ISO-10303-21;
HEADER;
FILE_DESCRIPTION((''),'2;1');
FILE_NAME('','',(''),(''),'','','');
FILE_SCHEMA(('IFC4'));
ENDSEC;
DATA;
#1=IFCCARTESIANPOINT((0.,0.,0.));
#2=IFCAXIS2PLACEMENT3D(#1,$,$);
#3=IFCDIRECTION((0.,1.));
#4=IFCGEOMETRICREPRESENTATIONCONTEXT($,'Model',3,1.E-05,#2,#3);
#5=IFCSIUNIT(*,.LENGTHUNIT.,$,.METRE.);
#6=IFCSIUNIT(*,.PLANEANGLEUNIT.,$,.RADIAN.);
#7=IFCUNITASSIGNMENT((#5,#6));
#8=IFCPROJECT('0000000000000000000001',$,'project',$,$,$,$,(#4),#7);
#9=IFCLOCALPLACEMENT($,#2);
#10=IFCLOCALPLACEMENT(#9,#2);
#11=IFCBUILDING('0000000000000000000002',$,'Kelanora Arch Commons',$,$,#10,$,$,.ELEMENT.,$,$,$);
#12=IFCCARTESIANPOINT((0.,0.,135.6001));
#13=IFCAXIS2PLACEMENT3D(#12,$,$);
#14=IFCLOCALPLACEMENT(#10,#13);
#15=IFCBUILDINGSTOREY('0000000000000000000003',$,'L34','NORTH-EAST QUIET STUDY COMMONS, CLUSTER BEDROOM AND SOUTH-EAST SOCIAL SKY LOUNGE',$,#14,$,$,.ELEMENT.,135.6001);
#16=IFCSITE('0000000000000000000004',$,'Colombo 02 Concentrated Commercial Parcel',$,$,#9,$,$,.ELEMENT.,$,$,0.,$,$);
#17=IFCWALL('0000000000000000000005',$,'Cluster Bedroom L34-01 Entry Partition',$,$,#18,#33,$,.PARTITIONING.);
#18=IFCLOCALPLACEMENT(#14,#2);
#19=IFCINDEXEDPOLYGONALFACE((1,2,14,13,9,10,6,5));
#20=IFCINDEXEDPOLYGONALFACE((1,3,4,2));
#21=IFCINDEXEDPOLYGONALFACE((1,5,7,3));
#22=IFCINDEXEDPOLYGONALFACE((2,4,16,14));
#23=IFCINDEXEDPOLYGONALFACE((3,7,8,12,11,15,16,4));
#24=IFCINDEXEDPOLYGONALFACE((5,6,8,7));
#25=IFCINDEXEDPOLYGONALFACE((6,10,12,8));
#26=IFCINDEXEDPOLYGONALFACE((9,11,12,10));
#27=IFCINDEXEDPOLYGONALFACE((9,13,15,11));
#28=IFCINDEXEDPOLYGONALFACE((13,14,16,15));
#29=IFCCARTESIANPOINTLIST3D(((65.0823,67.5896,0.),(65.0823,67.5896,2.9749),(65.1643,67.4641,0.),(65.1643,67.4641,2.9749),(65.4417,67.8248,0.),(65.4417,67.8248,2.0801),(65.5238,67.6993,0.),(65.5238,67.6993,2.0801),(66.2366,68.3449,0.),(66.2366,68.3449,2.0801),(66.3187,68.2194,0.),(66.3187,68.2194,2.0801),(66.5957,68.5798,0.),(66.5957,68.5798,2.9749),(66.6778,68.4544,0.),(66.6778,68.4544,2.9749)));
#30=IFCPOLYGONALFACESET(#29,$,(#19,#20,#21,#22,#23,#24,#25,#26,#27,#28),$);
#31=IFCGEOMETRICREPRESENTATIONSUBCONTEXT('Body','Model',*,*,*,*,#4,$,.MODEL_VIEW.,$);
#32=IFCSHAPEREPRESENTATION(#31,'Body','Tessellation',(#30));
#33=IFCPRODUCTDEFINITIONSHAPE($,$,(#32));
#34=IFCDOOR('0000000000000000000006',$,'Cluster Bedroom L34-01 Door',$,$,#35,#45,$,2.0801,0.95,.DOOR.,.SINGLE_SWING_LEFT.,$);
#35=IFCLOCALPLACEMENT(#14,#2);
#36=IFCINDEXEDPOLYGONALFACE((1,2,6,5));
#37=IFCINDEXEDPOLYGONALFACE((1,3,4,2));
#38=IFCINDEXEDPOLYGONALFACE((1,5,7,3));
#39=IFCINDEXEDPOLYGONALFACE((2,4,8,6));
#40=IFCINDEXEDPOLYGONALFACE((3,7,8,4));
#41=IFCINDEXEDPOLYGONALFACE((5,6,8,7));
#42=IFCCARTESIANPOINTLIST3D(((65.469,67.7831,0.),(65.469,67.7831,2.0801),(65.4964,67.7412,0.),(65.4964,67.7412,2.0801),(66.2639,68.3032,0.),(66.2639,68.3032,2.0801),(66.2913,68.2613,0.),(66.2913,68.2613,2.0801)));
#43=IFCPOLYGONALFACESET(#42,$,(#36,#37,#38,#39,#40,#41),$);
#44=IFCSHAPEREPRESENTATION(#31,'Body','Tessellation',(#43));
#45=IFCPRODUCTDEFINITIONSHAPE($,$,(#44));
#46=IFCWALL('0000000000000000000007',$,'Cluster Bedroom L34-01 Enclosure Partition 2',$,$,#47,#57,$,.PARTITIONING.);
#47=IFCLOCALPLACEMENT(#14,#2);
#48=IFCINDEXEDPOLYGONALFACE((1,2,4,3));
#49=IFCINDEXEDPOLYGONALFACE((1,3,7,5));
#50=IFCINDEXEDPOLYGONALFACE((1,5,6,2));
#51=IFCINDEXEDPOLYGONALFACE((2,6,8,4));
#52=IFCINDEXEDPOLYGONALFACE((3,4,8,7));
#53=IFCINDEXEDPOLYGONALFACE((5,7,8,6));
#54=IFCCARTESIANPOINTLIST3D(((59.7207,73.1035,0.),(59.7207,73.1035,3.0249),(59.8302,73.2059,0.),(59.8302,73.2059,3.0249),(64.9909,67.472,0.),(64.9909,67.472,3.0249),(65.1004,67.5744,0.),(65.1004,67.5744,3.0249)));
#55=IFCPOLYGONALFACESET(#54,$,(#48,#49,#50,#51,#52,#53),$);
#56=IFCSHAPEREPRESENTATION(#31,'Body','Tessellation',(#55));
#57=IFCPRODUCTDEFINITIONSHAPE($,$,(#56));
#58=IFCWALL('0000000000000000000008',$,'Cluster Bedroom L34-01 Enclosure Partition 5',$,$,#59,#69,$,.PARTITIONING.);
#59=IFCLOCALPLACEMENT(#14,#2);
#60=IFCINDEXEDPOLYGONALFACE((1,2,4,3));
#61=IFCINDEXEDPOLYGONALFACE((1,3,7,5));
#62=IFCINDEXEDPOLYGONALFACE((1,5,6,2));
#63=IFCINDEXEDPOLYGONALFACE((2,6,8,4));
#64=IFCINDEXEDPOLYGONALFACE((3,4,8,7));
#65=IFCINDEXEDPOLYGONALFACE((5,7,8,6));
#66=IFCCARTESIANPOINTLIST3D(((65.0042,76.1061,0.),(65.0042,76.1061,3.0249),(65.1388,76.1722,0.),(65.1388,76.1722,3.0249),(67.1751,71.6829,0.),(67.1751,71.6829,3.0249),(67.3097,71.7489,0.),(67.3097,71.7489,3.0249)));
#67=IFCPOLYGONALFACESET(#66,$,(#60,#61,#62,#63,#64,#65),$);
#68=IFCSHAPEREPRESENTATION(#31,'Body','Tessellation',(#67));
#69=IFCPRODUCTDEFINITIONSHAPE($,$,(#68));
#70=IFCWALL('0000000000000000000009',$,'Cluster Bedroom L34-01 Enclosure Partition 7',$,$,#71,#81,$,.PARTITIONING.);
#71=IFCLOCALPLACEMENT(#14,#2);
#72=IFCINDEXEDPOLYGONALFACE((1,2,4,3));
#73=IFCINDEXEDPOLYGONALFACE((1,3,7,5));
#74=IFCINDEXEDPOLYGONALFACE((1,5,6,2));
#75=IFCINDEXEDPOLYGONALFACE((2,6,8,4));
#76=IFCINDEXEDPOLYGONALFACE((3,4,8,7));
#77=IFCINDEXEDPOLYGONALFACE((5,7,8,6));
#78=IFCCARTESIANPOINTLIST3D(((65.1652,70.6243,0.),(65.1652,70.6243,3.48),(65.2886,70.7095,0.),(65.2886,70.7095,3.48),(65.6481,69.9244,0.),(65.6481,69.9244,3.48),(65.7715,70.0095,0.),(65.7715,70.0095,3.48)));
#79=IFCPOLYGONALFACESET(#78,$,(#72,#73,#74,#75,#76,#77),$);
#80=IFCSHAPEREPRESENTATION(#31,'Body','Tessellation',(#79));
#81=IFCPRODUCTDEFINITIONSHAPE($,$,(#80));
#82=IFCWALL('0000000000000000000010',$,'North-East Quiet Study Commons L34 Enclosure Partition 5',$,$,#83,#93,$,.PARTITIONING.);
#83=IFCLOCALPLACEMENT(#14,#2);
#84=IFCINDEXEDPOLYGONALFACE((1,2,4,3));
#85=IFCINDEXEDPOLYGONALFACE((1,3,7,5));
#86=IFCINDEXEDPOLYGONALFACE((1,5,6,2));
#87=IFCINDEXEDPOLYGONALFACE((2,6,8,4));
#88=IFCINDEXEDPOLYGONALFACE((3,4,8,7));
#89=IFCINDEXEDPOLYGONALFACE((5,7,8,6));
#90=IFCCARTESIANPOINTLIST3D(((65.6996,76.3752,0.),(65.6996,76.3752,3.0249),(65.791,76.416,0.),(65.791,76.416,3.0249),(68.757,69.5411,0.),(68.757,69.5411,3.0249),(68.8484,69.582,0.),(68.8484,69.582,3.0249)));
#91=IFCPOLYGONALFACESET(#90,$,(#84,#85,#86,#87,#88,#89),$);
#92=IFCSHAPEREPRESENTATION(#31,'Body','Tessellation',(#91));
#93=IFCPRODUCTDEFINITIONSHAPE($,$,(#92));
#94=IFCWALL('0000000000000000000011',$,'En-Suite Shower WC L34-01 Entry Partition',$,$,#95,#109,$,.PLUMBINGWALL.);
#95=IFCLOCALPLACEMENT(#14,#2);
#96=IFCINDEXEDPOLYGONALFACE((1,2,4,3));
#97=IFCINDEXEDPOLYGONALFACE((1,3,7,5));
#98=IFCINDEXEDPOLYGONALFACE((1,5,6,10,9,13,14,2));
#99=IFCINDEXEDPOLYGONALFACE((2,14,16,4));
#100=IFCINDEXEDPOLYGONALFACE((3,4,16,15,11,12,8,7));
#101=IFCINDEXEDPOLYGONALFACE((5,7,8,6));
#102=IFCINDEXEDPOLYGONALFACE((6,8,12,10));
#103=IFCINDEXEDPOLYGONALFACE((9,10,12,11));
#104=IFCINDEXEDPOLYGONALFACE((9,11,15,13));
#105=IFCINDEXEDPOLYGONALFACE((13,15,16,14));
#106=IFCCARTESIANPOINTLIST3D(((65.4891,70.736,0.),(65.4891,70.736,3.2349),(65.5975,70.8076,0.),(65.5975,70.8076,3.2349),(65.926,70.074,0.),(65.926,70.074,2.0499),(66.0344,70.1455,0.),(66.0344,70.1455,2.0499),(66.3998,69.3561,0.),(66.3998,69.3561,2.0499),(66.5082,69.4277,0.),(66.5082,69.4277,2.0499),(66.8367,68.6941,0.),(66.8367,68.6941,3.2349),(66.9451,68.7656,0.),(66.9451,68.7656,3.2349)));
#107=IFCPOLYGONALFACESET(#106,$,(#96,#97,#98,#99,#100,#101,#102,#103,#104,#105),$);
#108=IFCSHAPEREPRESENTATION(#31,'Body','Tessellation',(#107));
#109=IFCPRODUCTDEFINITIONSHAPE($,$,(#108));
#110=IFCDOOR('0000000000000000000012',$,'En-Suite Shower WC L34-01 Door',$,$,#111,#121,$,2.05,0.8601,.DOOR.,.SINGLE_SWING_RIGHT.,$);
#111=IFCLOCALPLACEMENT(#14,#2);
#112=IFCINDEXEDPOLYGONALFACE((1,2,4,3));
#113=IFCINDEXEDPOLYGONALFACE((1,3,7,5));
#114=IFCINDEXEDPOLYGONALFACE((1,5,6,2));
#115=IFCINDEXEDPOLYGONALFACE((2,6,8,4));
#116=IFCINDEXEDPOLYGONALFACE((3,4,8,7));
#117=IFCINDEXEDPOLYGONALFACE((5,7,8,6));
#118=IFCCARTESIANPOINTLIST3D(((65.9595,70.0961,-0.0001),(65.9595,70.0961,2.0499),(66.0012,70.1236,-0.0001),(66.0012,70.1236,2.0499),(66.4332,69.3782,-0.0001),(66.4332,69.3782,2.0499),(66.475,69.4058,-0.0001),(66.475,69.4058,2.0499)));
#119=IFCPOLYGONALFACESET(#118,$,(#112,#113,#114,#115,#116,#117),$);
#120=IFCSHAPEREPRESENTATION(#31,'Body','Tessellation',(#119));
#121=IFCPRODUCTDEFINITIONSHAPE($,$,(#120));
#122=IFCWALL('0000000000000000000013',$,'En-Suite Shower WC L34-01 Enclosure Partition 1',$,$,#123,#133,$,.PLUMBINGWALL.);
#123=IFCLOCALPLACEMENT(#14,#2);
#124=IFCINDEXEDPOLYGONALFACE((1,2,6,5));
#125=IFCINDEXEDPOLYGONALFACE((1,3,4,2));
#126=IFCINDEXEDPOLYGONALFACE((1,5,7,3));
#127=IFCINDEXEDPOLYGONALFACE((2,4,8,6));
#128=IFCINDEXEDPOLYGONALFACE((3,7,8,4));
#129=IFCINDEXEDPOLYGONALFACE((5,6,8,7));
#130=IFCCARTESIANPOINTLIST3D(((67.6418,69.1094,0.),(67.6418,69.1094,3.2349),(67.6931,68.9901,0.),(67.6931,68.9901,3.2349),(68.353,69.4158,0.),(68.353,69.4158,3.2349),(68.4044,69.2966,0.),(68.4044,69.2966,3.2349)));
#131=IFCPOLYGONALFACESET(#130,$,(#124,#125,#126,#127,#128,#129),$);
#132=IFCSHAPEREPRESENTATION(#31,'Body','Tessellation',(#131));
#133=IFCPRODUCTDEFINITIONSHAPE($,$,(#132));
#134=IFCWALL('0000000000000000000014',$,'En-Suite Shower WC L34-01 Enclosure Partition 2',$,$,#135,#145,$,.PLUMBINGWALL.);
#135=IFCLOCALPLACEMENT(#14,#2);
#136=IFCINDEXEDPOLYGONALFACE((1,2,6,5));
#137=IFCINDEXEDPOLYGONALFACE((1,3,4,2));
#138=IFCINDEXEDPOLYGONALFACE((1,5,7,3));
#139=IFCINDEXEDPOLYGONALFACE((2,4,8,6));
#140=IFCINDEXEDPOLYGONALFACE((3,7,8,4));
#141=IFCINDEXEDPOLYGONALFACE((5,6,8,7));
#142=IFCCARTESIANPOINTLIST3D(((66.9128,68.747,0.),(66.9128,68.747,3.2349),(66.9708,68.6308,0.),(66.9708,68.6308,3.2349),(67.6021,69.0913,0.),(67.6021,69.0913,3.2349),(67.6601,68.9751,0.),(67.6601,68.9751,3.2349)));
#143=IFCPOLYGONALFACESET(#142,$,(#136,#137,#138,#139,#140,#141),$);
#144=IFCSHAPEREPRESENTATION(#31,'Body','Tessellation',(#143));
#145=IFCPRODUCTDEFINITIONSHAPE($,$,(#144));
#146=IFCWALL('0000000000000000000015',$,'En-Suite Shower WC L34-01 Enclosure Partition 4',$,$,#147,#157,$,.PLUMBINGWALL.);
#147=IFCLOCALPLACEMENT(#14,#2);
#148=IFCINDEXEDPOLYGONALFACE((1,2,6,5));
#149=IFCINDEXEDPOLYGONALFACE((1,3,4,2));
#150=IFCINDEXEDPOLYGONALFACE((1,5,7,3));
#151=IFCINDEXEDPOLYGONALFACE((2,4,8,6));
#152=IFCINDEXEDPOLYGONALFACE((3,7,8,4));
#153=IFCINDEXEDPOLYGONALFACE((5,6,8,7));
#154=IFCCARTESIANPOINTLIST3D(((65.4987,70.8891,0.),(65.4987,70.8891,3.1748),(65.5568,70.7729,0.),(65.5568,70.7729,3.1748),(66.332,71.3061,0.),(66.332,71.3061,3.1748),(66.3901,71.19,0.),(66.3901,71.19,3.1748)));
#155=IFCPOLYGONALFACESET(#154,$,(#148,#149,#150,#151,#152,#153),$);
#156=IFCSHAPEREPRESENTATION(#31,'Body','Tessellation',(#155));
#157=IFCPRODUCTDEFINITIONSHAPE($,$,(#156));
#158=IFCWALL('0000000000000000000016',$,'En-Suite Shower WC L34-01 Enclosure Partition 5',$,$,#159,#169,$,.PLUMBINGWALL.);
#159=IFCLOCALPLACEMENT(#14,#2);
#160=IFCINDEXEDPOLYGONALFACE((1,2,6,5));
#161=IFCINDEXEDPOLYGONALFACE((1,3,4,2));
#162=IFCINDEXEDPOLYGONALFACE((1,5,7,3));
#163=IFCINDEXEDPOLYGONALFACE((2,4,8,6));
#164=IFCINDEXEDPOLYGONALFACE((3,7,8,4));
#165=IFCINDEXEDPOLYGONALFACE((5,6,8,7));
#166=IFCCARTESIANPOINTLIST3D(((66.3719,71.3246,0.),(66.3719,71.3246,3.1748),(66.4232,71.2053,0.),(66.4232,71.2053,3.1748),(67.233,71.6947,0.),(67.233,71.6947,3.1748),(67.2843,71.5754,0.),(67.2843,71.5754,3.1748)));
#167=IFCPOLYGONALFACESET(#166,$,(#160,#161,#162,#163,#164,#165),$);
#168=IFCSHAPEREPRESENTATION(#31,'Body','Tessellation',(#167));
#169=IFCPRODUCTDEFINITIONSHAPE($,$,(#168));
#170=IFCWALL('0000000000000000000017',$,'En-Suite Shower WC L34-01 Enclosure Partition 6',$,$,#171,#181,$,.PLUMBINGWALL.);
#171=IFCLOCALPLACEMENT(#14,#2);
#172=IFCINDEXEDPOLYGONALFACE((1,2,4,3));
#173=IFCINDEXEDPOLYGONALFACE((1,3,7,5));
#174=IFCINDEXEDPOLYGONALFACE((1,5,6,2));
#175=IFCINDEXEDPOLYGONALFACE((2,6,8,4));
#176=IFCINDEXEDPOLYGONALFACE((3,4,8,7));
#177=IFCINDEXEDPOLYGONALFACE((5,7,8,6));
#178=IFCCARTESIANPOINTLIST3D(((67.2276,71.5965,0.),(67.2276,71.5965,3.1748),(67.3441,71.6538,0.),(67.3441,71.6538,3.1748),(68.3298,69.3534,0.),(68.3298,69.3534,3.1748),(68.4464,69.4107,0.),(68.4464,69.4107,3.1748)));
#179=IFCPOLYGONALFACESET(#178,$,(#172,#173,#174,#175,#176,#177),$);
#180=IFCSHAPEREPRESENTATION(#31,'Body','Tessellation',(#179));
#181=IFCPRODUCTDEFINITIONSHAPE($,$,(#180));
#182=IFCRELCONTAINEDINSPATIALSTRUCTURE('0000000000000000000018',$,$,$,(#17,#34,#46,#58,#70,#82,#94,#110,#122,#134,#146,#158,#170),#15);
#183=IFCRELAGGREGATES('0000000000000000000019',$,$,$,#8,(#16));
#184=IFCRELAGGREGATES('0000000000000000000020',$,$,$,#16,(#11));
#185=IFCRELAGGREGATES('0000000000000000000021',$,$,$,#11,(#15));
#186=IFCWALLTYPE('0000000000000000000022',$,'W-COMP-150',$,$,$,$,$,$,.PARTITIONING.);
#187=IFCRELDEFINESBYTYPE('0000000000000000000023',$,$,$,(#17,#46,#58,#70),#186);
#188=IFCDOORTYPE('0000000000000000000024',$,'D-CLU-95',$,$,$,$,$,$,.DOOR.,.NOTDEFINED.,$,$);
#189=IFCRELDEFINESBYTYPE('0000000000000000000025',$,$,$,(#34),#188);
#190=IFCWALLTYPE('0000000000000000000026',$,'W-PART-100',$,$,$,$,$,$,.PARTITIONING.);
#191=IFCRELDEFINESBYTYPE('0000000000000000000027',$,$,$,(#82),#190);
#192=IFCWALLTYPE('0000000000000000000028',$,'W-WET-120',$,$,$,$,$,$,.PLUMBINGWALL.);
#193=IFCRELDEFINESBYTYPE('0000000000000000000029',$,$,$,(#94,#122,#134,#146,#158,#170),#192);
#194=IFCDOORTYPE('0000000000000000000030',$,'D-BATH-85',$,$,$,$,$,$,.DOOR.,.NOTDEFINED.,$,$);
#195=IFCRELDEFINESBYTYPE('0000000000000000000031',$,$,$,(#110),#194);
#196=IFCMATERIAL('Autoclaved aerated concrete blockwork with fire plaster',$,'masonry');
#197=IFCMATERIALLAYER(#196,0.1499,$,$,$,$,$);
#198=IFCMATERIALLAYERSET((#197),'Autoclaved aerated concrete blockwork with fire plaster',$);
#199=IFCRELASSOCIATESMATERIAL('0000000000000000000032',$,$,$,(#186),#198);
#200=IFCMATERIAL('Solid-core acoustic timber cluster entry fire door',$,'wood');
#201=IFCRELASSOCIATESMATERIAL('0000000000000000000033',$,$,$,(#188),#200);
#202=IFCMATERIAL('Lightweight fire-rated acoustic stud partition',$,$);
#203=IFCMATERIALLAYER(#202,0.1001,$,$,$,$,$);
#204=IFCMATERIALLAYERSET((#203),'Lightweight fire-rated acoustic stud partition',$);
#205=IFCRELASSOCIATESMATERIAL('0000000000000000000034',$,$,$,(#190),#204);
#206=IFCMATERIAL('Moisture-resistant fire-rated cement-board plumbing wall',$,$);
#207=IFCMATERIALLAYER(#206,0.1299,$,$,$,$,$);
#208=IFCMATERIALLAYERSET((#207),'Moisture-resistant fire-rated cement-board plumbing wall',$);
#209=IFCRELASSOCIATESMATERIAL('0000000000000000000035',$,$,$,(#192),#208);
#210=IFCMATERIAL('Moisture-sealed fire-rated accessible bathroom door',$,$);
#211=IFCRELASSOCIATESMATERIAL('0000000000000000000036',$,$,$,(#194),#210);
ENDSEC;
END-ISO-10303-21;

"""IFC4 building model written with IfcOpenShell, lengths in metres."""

from ifc_helpers import new_model, si_unit, direction, frame, frame_2d, origin, place, context, subcontext, project, spatial, rectangle, extrude, material, layer, layer_set, type_object, element, fill, save


model = new_model("IFC4")

# Units and contexts
model_context = context("Model", 3, precision=1e-05, world=origin(), true_north=direction((0.0, 1.0)))
body_context = subcontext(model_context, "Body", "Model", "MODEL_VIEW")
ifc_project = project(units=[si_unit("LENGTHUNIT", "METRE"), si_unit("PLANEANGLEUNIT", "RADIAN")], contexts=[model_context])

# Site, building, storey
site_placement = place(None, origin())
site = spatial("IfcSite", under=ifc_project, at=site_placement, Name="Colombo 02 Concentrated Commercial Parcel", CompositionType="ELEMENT", RefElevation=0.0)
building_placement = place(site_placement, origin())
building = spatial("IfcBuilding", under=site, at=building_placement, Name="Kelanora Arch Commons", CompositionType="ELEMENT")
storey_placement = place(building_placement, frame((0.0, 0.0, 135.6001)))
storey = spatial("IfcBuildingStorey", under=building, at=storey_placement, Name="L34", Description="NORTH-EAST QUIET STUDY COMMONS, CLUSTER BEDROOM AND SOUTH-EAST SOCIAL SKY LOUNGE", CompositionType="ELEMENT", Elevation=135.6001)

# Wall, opening, door
ifc_material_1 = material(Name="Autoclaved aerated concrete blockwork with fire plaster", Category="masonry")
ifc_layer_1 = layer(ifc_material_1, 0.1499)
ifc_layer_set_1 = layer_set([ifc_layer_1], Name="Autoclaved aerated concrete blockwork with fire plaster")
wall_type_1 = type_object("IfcWallType", Name="W-COMP-150", PredefinedType="PARTITIONING", material=ifc_layer_set_1)
wall_1_placement = place(storey_placement, frame((66.6367, 68.5171, 0.0), z_axis=(0.0, 0.0, 1.0), x_axis=(-0.836796, -0.547515, 0.0)))
wall_1 = element("IfcWall", 1, at=wall_1_placement, inside=storey, type_object=wall_type_1, Name="Cluster Bedroom L34-01 Entry Partition", PredefinedType="PARTITIONING", context=body_context, shape_type="SweptSolid", body=[
    extrude(rectangle(XDim=1.8086, YDim=0.1499, at=frame_2d((0.9043, 0.0))), origin(), (0.0, 0.0, 1.0), 2.9749),
])
opening_1_placement = place(wall_1_placement, frame((0.429, 0.0, 0.0)))
opening_1 = element("IfcOpeningElement", 2, at=opening_1_placement, cuts=wall_1, PredefinedType="OPENING", context=body_context, shape_type="SweptSolid", body=[
    extrude(rectangle(XDim=0.95, YDim=2.0801, at=frame_2d((0.4751, 1.04))), frame((0.0, 0.085, 0.0), z_axis=(0.0, -1.0, 0.0), x_axis=(1.0, 0.0, 0.0)), (0.0, 0.0, 1.0), 0.1699),
])
ifc_material_2 = material(Name="Solid-core acoustic timber cluster entry fire door", Category="wood")
door_type_1 = type_object("IfcDoorType", Name="D-CLU-95", OperationType="NOTDEFINED", PredefinedType="DOOR", material=ifc_material_2)
door_1_placement = place(opening_1_placement, origin())
door_1 = element("IfcDoor", 3, at=door_1_placement, inside=storey, type_object=door_type_1, Name="Cluster Bedroom L34-01 Door", OperationType="SINGLE_SWING_LEFT", OverallHeight=2.0801, OverallWidth=0.95, PredefinedType="DOOR", context=body_context, shape_type="SweptSolid", body=[
    extrude(rectangle(XDim=0.95, YDim=2.0801, at=frame_2d((0.4751, 1.04))), frame((0.0, 0.0249, 0.0), z_axis=(0.0, -1.0, 0.0), x_axis=(1.0, 0.0, 0.0)), (0.0, 0.0, 1.0), 0.05),
])
fill(opening_1, door_1)

# Walls
wall_2_placement = place(storey_placement, frame((65.0457, 67.5232, 0.0), z_axis=(0.0, 0.0, 1.0), x_axis=(-0.683295, 0.730142, 0.0)))
element("IfcWall", 4, at=wall_2_placement, inside=storey, type_object=wall_type_1, Name="Cluster Bedroom L34-01 Enclosure Partition 2", PredefinedType="PARTITIONING", context=body_context, shape_type="SweptSolid", body=[
    extrude(rectangle(XDim=7.7129, YDim=0.1499, at=frame_2d((3.8564, 0.0))), origin(), (0.0, 0.0, 1.0), 3.0249),
])
wall_3_placement = place(storey_placement, frame((65.0715, 76.1392, 0.0), z_axis=(0.0, 0.0, 1.0), x_axis=(0.440582, -0.897713, 0.0)))
element("IfcWall", 5, at=wall_3_placement, inside=storey, type_object=wall_type_1, Name="Cluster Bedroom L34-01 Enclosure Partition 5", PredefinedType="PARTITIONING", context=body_context, shape_type="SweptSolid", body=[
    extrude(rectangle(XDim=4.9272, YDim=0.1499, at=frame_2d((2.4636, 0.0))), origin(), (0.0, 0.0, 1.0), 3.0249),
])
wall_4_placement = place(storey_placement, frame((65.2268, 70.667, 0.0), z_axis=(0.0, 0.0, 1.0), x_axis=(0.567881, -0.823111, 0.0)))
element("IfcWall", 6, at=wall_4_placement, inside=storey, type_object=wall_type_1, Name="Cluster Bedroom L34-01 Enclosure Partition 7", PredefinedType="PARTITIONING", context=body_context, shape_type="SweptSolid", body=[
    extrude(rectangle(XDim=0.8503, YDim=0.1499, at=frame_2d((0.4253, 0.0))), origin(), (0.0, 0.0, 1.0), 3.48),
])
ifc_material_3 = material(Name="Lightweight fire-rated acoustic stud partition")
ifc_layer_2 = layer(ifc_material_3, 0.1001)
ifc_layer_set_2 = layer_set([ifc_layer_2], Name="Lightweight fire-rated acoustic stud partition")
wall_type_2 = type_object("IfcWallType", Name="W-PART-100", PredefinedType="PARTITIONING", material=ifc_layer_set_2)
wall_5_placement = place(storey_placement, frame((68.8027, 69.5615, 0.0), z_axis=(0.0, 0.0, 1.0), x_axis=(-0.408373, 0.912815, 0.0)))
element("IfcWall", 7, at=wall_5_placement, inside=storey, type_object=wall_type_2, Name="North-East Quiet Study Commons L34 Enclosure Partition 5", PredefinedType="PARTITIONING", context=body_context, shape_type="SweptSolid", body=[
    extrude(rectangle(XDim=7.4868, YDim=0.1001, at=frame_2d((3.7434, 0.0))), origin(), (0.0, 0.0, 1.0), 3.0249),
])

# Wall, opening, door
ifc_material_4 = material(Name="Moisture-resistant fire-rated cement-board plumbing wall")
ifc_layer_3 = layer(ifc_material_4, 0.1299)
ifc_layer_set_3 = layer_set([ifc_layer_3], Name="Moisture-resistant fire-rated cement-board plumbing wall")
wall_type_3 = type_object("IfcWallType", Name="W-WET-120", PredefinedType="PLUMBINGWALL", material=ifc_layer_set_3)
wall_6_placement = place(storey_placement, frame((66.8909, 68.73, 0.0), z_axis=(0.0, 0.0, 1.0), x_axis=(-0.550826, 0.83462, 0.0)))
wall_6 = element("IfcWall", 8, at=wall_6_placement, inside=storey, type_object=wall_type_3, Name="En-Suite Shower WC L34-01 Entry Partition", PredefinedType="PLUMBINGWALL", context=body_context, shape_type="SweptSolid", body=[
    extrude(rectangle(XDim=2.4465, YDim=0.1299, at=frame_2d((1.2231, 0.0))), origin(), (0.0, 0.0, 1.0), 3.2349),
])
opening_2_placement = place(wall_6_placement, frame((0.793, 0.0, 0.0)))
opening_2 = element("IfcOpeningElement", 9, at=opening_2_placement, cuts=wall_6, PredefinedType="OPENING", context=body_context, shape_type="SweptSolid", body=[
    extrude(rectangle(XDim=0.8601, YDim=2.05, at=frame_2d((0.4302, 1.0249))), frame((0.0, 0.075, 0.0), z_axis=(0.0, -1.0, 0.0), x_axis=(1.0, 0.0, 0.0)), (0.0, 0.0, 1.0), 0.1499),
])
ifc_material_5 = material(Name="Moisture-sealed fire-rated accessible bathroom door")
door_type_2 = type_object("IfcDoorType", Name="D-BATH-85", OperationType="NOTDEFINED", PredefinedType="DOOR", material=ifc_material_5)
door_2_placement = place(opening_2_placement, origin())
door_2 = element("IfcDoor", 10, at=door_2_placement, inside=storey, type_object=door_type_2, Name="En-Suite Shower WC L34-01 Door", OperationType="SINGLE_SWING_RIGHT", OverallHeight=2.05, OverallWidth=0.8601, PredefinedType="DOOR", context=body_context, shape_type="SweptSolid", body=[
    extrude(rectangle(XDim=0.8601, YDim=2.05, at=frame_2d((0.4302, 1.0249))), frame((0.0, 0.0249, 0.0), z_axis=(0.0, -1.0, 0.0), x_axis=(1.0, 0.0, 0.0)), (0.0, 0.0, 1.0), 0.05),
])
fill(opening_2, door_2)

# Walls
wall_7_placement = place(storey_placement, frame((68.3787, 69.3562, 0.0), z_axis=(0.0, 0.0, 1.0), x_axis=(-0.918393, -0.395669, 0.0)))
element("IfcWall", 11, at=wall_7_placement, inside=storey, type_object=wall_type_3, Name="En-Suite Shower WC L34-01 Enclosure Partition 1", PredefinedType="PLUMBINGWALL", context=body_context, shape_type="SweptSolid", body=[
    extrude(rectangle(XDim=0.7744, YDim=0.1299, at=frame_2d((0.3872, 0.0))), origin(), (0.0, 0.0, 1.0), 3.2349),
])
wall_8_placement = place(storey_placement, frame((67.6311, 69.0332, 0.0), z_axis=(0.0, 0.0, 1.0), x_axis=(-0.894617, -0.446833, 0.0)))
element("IfcWall", 12, at=wall_8_placement, inside=storey, type_object=wall_type_3, Name="En-Suite Shower WC L34-01 Enclosure Partition 2", PredefinedType="PLUMBINGWALL", context=body_context, shape_type="SweptSolid", body=[
    extrude(rectangle(XDim=0.7705, YDim=0.1299, at=frame_2d((0.3853, 0.0))), origin(), (0.0, 0.0, 1.0), 3.2349),
])
wall_9_placement = place(storey_placement, frame((65.5278, 70.8311, 0.0), z_axis=(0.0, 0.0, 1.0), x_axis=(0.89427, 0.447528, 0.0)))
element("IfcWall", 13, at=wall_9_placement, inside=storey, type_object=wall_type_3, Name="En-Suite Shower WC L34-01 Enclosure Partition 4", PredefinedType="PLUMBINGWALL", context=body_context, shape_type="SweptSolid", body=[
    extrude(rectangle(XDim=0.9319, YDim=0.1299, at=frame_2d((0.4658, 0.0))), origin(), (0.0, 0.0, 1.0), 3.1748),
])
wall_10_placement = place(storey_placement, frame((66.3975, 71.2649, 0.0), z_axis=(0.0, 0.0, 1.0), x_axis=(0.918727, 0.394894, 0.0)))
element("IfcWall", 14, at=wall_10_placement, inside=storey, type_object=wall_type_3, Name="En-Suite Shower WC L34-01 Enclosure Partition 5", PredefinedType="PLUMBINGWALL", context=body_context, shape_type="SweptSolid", body=[
    extrude(rectangle(XDim=0.9373, YDim=0.1299, at=frame_2d((0.4688, 0.0))), origin(), (0.0, 0.0, 1.0), 3.1748),
])
wall_11_placement = place(storey_placement, frame((67.2859, 71.625, 0.0), z_axis=(0.0, 0.0, 1.0), x_axis=(0.44103, -0.897493, 0.0)))
element("IfcWall", 15, at=wall_11_placement, inside=storey, type_object=wall_type_3, Name="En-Suite Shower WC L34-01 Enclosure Partition 6", PredefinedType="PLUMBINGWALL", context=body_context, shape_type="SweptSolid", body=[
    extrude(rectangle(XDim=2.4993, YDim=0.1299, at=frame_2d((1.2495, 0.0))), origin(), (0.0, 0.0, 1.0), 3.1748),
])

save(model, "model.ifc")
